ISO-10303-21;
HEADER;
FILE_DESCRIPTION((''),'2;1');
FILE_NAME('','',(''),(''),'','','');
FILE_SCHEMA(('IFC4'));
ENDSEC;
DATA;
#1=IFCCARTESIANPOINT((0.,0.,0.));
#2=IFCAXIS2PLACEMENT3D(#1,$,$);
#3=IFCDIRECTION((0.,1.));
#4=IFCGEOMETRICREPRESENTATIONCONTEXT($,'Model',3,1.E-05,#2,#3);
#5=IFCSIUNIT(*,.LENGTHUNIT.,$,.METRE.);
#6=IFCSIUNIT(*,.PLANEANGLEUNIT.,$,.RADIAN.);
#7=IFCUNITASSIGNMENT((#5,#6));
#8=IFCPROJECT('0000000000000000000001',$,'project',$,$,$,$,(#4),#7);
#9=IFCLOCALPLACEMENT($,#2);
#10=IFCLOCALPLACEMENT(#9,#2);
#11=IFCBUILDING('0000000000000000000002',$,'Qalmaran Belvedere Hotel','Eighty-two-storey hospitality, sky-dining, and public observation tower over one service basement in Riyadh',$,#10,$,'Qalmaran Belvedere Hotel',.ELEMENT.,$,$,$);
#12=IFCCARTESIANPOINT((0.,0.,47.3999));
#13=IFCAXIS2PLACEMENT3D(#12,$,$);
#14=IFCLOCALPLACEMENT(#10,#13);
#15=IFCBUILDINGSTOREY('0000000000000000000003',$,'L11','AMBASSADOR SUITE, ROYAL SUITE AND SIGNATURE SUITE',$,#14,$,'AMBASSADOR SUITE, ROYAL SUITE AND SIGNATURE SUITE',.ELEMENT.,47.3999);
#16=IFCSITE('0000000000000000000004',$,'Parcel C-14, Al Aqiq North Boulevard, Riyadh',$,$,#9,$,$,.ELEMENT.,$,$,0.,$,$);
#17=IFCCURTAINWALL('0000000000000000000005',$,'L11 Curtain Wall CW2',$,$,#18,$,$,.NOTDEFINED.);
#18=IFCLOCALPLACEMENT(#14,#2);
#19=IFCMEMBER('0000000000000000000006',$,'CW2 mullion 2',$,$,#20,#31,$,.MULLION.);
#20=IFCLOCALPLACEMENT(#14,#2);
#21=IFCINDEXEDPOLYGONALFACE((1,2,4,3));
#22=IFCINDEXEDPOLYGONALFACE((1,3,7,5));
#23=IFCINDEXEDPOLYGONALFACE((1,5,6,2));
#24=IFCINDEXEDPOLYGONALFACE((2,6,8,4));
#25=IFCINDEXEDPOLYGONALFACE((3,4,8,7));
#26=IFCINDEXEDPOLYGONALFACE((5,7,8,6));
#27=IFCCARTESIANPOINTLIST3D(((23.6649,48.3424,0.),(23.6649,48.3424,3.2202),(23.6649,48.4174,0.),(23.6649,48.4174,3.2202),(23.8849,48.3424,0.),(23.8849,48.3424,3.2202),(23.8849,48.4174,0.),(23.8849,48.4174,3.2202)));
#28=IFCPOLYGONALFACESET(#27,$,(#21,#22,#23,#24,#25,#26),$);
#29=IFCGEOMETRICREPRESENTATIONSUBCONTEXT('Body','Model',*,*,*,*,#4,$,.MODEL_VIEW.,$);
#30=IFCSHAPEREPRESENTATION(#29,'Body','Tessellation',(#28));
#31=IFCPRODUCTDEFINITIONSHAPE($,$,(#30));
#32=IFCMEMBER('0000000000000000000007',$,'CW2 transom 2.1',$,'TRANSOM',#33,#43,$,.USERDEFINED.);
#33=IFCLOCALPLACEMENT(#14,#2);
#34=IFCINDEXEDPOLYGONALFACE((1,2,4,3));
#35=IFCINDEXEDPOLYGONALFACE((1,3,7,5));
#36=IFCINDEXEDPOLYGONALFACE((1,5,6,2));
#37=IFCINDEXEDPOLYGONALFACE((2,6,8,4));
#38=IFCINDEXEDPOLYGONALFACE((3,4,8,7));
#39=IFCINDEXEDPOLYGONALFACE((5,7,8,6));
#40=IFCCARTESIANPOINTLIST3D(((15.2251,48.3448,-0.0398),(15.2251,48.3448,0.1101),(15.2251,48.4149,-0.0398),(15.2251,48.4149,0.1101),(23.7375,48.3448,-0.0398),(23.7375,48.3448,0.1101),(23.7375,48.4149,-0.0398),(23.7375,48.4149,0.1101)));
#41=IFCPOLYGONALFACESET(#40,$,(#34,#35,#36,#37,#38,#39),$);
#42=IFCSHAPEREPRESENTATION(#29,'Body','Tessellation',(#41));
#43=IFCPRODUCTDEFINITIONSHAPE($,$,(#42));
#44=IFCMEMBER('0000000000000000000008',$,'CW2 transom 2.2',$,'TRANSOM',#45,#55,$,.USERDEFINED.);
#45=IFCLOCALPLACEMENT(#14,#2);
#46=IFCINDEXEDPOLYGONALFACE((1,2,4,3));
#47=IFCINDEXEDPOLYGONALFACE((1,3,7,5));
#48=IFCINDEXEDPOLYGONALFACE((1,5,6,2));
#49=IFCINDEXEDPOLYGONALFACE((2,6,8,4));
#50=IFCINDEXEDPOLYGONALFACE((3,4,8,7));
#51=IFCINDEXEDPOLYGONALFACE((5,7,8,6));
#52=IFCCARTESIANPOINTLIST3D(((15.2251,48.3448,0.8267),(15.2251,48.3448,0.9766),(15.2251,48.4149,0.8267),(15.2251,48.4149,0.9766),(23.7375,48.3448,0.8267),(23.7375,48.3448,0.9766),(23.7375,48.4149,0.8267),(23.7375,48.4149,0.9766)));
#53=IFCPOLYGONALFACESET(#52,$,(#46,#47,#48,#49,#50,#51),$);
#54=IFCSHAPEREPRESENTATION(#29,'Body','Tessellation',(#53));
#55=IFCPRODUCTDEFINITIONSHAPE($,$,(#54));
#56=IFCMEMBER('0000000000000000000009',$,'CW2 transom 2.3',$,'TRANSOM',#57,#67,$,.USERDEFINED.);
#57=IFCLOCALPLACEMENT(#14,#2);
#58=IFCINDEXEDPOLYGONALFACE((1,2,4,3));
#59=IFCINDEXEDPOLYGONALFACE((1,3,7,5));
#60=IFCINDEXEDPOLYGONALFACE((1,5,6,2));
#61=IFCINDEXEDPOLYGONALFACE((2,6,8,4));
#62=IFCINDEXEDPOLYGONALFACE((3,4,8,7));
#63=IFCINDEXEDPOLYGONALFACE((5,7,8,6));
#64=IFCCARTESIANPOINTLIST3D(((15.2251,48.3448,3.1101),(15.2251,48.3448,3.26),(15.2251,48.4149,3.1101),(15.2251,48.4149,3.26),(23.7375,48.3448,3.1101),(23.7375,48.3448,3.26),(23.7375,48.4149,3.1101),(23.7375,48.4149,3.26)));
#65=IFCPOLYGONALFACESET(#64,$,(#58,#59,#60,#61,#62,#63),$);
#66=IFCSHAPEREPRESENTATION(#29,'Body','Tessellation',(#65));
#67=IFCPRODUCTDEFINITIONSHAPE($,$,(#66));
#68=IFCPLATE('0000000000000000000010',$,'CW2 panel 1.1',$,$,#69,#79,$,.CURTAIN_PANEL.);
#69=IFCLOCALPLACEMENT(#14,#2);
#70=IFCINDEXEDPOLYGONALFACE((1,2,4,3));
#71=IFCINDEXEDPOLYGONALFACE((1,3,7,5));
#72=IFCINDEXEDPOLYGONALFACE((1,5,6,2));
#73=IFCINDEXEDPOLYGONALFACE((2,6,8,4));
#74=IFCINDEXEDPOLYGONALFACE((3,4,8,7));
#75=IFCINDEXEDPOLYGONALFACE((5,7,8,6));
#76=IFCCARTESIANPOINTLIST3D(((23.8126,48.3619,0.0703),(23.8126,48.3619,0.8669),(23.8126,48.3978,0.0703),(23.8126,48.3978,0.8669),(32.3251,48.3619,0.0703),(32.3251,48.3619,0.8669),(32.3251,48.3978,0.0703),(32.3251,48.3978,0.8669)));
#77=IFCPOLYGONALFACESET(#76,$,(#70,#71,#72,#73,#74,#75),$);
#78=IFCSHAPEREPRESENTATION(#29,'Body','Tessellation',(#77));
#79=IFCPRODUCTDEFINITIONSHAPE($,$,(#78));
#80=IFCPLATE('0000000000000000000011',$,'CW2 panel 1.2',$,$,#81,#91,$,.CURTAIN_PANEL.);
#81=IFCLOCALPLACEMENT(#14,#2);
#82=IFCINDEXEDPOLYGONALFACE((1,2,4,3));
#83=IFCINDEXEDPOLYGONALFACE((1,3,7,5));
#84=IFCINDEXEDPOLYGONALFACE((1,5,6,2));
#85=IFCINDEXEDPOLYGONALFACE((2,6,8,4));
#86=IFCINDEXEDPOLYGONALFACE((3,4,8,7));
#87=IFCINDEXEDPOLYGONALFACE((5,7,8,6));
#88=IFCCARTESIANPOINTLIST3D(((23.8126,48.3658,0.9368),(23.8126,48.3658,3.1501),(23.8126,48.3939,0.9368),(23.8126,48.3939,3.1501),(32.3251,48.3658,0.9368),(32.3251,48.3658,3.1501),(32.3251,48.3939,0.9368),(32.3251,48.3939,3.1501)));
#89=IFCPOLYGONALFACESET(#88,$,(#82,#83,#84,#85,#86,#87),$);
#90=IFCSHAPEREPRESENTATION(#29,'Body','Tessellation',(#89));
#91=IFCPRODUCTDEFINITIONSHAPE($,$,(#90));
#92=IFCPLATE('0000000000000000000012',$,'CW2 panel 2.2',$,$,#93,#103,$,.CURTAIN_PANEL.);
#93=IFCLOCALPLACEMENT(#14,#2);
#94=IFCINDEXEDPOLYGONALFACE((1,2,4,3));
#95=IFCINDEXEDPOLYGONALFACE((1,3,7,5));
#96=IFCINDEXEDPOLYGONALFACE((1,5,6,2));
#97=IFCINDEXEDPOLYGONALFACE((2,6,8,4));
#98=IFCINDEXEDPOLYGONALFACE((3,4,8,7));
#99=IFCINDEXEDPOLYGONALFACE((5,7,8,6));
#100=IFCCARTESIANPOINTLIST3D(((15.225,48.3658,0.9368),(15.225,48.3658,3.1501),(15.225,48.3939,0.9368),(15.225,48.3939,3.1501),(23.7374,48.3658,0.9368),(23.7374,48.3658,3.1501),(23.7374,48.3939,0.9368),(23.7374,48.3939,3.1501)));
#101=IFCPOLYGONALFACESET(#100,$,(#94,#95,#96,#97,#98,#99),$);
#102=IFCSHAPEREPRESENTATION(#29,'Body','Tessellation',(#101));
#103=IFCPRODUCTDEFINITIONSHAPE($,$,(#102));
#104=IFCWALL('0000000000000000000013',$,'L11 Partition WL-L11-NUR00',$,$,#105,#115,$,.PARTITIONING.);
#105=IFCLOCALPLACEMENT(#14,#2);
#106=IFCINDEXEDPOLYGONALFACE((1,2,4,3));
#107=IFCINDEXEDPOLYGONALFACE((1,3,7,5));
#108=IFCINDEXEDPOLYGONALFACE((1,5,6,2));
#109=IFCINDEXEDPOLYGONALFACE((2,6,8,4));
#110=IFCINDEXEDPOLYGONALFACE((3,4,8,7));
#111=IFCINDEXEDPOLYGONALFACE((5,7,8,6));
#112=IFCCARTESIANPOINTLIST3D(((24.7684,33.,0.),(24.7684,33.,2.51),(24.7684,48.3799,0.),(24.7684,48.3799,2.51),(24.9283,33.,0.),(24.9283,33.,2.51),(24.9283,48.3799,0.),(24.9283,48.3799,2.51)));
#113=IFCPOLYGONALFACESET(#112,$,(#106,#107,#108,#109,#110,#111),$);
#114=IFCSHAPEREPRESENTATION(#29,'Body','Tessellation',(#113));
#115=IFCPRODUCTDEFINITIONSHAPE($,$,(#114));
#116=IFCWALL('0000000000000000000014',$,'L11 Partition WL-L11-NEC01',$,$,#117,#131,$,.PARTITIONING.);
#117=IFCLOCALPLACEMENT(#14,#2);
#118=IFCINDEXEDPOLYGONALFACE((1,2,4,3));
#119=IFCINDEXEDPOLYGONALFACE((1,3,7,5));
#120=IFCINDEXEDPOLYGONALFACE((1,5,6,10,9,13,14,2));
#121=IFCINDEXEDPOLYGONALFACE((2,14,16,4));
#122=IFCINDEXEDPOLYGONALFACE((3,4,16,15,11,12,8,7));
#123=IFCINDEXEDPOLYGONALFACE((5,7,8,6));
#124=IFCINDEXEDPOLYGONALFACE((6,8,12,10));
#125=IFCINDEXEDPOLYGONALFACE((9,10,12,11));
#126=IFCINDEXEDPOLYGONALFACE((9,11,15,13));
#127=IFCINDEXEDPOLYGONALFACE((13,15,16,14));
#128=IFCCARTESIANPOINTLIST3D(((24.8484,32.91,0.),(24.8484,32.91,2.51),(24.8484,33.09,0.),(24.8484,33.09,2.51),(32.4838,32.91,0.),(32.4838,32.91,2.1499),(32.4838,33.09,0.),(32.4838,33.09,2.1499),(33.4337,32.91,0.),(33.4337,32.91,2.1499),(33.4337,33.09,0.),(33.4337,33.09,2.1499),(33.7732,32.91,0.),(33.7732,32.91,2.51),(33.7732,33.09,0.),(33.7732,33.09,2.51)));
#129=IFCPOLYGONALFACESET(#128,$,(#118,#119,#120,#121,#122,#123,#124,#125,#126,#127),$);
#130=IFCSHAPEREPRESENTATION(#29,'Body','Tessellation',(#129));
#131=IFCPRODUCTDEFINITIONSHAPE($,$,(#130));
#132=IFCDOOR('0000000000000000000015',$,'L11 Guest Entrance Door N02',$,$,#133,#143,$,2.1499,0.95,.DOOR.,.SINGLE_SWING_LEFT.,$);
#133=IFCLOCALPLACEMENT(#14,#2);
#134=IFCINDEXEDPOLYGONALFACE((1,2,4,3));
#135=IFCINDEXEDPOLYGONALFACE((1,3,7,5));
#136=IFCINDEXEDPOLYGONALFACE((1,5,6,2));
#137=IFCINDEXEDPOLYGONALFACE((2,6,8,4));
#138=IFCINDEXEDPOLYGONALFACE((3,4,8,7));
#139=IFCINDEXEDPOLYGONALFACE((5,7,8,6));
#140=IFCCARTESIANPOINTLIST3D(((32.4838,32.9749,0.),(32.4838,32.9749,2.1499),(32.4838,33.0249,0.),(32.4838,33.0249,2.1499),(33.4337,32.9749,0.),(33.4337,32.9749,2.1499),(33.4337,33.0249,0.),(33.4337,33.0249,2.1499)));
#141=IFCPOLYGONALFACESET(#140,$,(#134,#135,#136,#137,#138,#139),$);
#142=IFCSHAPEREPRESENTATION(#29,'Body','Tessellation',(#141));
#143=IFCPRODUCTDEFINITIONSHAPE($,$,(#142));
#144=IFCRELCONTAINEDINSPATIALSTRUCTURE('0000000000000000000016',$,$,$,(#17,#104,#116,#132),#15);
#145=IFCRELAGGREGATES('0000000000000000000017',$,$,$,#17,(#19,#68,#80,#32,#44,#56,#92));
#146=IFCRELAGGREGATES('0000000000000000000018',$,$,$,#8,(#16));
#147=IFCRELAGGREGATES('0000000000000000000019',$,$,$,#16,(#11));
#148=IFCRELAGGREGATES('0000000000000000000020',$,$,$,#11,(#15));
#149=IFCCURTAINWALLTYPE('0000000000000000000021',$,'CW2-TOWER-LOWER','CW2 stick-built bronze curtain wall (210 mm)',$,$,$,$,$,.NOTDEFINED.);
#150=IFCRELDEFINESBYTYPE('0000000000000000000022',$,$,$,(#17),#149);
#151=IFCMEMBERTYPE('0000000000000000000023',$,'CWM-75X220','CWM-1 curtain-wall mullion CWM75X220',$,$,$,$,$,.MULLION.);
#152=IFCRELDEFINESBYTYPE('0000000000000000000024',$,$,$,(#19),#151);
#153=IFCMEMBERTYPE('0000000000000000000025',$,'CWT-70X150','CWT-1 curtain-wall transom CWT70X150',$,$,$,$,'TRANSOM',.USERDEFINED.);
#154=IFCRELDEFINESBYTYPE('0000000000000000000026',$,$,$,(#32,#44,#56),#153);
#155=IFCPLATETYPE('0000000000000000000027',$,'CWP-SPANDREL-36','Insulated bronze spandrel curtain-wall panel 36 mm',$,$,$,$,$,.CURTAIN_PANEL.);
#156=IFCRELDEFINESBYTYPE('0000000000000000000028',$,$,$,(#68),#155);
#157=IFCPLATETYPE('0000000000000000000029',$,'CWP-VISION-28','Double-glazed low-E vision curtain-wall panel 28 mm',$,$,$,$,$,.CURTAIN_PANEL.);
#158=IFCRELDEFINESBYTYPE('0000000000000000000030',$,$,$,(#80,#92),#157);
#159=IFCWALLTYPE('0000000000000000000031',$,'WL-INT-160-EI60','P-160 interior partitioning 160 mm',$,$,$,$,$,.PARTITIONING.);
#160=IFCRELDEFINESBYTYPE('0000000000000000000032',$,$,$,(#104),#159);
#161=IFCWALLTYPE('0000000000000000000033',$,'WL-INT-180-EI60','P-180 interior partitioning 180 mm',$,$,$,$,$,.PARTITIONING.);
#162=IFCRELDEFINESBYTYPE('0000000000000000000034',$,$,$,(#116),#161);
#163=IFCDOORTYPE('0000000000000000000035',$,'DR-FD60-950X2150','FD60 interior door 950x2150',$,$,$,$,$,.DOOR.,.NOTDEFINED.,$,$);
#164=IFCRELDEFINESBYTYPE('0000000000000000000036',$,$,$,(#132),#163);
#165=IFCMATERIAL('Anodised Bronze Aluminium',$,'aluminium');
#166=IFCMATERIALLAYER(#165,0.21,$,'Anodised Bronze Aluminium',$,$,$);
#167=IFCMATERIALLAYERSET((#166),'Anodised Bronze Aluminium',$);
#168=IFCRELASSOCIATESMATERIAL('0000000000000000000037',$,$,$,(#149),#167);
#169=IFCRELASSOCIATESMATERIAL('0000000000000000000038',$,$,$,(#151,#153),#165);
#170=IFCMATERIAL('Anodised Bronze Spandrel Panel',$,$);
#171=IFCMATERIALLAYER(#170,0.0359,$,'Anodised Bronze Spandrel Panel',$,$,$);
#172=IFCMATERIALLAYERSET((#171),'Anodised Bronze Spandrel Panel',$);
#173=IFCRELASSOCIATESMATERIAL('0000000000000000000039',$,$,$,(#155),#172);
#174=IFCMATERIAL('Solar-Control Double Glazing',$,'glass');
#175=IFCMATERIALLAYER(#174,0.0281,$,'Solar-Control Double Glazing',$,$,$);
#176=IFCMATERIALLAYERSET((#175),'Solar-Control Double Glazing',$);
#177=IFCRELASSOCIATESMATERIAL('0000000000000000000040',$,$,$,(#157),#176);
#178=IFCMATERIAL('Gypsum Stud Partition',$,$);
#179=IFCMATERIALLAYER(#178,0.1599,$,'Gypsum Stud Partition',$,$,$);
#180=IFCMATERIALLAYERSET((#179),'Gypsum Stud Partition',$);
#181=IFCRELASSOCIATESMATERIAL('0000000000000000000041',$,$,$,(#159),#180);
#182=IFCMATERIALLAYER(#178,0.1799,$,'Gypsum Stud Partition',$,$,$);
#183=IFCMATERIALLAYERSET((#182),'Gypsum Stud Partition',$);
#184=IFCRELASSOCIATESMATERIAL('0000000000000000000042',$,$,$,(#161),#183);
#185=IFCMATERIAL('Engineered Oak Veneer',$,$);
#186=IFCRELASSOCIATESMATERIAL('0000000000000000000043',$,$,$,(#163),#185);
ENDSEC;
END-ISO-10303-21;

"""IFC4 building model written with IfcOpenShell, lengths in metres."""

from ifc_helpers import new_model, si_unit, direction, frame, frame_2d, origin, origin_2d, place, context, subcontext, project, spatial, rectangle, extrude, material, layer, layer_set, material_profile, profile_set, type_object, element, fill, aggregate, save


model = new_model("IFC4")

# Units and contexts
model_context = context("Model", 3, precision=1e-05, world=origin(), true_north=direction((0.0, 1.0)))
body_context = subcontext(model_context, "Body", "Model", "MODEL_VIEW")
ifc_project = project(units=[si_unit("LENGTHUNIT", "METRE"), si_unit("PLANEANGLEUNIT", "RADIAN")], contexts=[model_context])

# Site, building, storey
site_placement = place(None, origin())
site = spatial("IfcSite", under=ifc_project, at=site_placement, Name="Parcel C-14, Al Aqiq North Boulevard, Riyadh", CompositionType="ELEMENT", RefElevation=0.0)
building_placement = place(site_placement, origin())
building = spatial("IfcBuilding", under=site, at=building_placement, Name="Qalmaran Belvedere Hotel", Description="Eighty-two-storey hospitality, sky-dining, and public observation tower over one service basement in Riyadh", LongName="Qalmaran Belvedere Hotel", CompositionType="ELEMENT")
storey_placement = place(building_placement, frame((0.0, 0.0, 47.3999)))
storey = spatial("IfcBuildingStorey", under=building, at=storey_placement, Name="L11", Description="AMBASSADOR SUITE, ROYAL SUITE AND SIGNATURE SUITE", LongName="AMBASSADOR SUITE, ROYAL SUITE AND SIGNATURE SUITE", CompositionType="ELEMENT", Elevation=47.3999)

# Curtain wall, members, plates
ifc_material_1 = material(Name="Anodised Bronze Aluminium", Category="aluminium")
ifc_layer_1 = layer(ifc_material_1, 0.21, Name="Anodised Bronze Aluminium")
ifc_layer_set_1 = layer_set([ifc_layer_1], Name="Anodised Bronze Aluminium")
curtain_wall_type = type_object("IfcCurtainWallType", Name="CW2-TOWER-LOWER", Description="CW2 stick-built bronze curtain wall (210 mm)", PredefinedType="NOTDEFINED", material=ifc_layer_set_1)
curtain_wall_placement = place(storey_placement, origin())
curtain_wall = element("IfcCurtainWall", 1, at=curtain_wall_placement, inside=storey, type_object=curtain_wall_type, Name="L11 Curtain Wall CW2", PredefinedType="NOTDEFINED")
ifc_material_profile_1 = material_profile(ifc_material_1, rectangle(XDim=0.075, YDim=0.22, at=origin_2d()), Name="CWM75X220")
ifc_profile_set_1 = profile_set([ifc_material_profile_1], Name="Anodised Bronze Aluminium")
member_type_1 = type_object("IfcMemberType", Name="CWM-75X220", Description="CWM-1 curtain-wall mullion CWM75X220", PredefinedType="MULLION", material=ifc_profile_set_1)
member_1_placement = place(storey_placement, frame((23.7749, 48.3799, 0.0), z_axis=(0.0, 0.0, 1.0), x_axis=(0.0, -1.0, 0.0)))
member_1 = element("IfcMember", 2, at=member_1_placement, type_object=member_type_1, Name="CW2 mullion 2", PredefinedType="MULLION", context=body_context, shape_type="SweptSolid", body=[
    extrude(rectangle(XDim=0.075, YDim=0.22, at=origin_2d()), origin(), (0.0, 0.0, 1.0), 3.2202),
])
ifc_material_profile_2 = material_profile(ifc_material_1, rectangle(XDim=0.0701, YDim=0.1499, at=origin_2d()), Name="CWT70X150")
ifc_profile_set_2 = profile_set([ifc_material_profile_2], Name="Anodised Bronze Aluminium")
member_type_2 = type_object("IfcMemberType", Name="CWT-70X150", Description="CWT-1 curtain-wall transom CWT70X150", ElementType="TRANSOM", PredefinedType="USERDEFINED", material=ifc_profile_set_2)
member_2_placement = place(storey_placement, frame((23.7375, 48.3799, 0.0352), z_axis=(-1.0, 0.0, 0.0), x_axis=(0.0, -1.0, 0.0)))
member_2 = element("IfcMember", 3, at=member_2_placement, type_object=member_type_2, Name="CW2 transom 2.1", ObjectType="TRANSOM", PredefinedType="USERDEFINED", context=body_context, shape_type="SweptSolid", body=[
    extrude(rectangle(XDim=0.0701, YDim=0.1499, at=origin_2d()), origin(), (0.0, 0.0, 1.0), 8.5125),
])
member_3_placement = place(storey_placement, frame((23.7375, 48.3799, 0.9016), z_axis=(-1.0, 0.0, 0.0), x_axis=(0.0, -1.0, 0.0)))
member_3 = element("IfcMember", 4, at=member_3_placement, type_object=member_type_2, Name="CW2 transom 2.2", ObjectType="TRANSOM", PredefinedType="USERDEFINED", context=body_context, shape_type="SweptSolid", body=[
    extrude(rectangle(XDim=0.0701, YDim=0.1499, at=origin_2d()), origin(), (0.0, 0.0, 1.0), 8.5125),
])
member_4_placement = place(storey_placement, frame((23.7375, 48.3799, 3.1851), z_axis=(-1.0, 0.0, 0.0), x_axis=(0.0, -1.0, 0.0)))
member_4 = element("IfcMember", 5, at=member_4_placement, type_object=member_type_2, Name="CW2 transom 2.3", ObjectType="TRANSOM", PredefinedType="USERDEFINED", context=body_context, shape_type="SweptSolid", body=[
    extrude(rectangle(XDim=0.0701, YDim=0.1499, at=origin_2d()), origin(), (0.0, 0.0, 1.0), 8.5125),
])
ifc_material_2 = material(Name="Anodised Bronze Spandrel Panel")
ifc_layer_2 = layer(ifc_material_2, 0.0359, Name="Anodised Bronze Spandrel Panel")
ifc_layer_set_2 = layer_set([ifc_layer_2], Name="Anodised Bronze Spandrel Panel")
plate_type_1 = type_object("IfcPlateType", Name="CWP-SPANDREL-36", Description="Insulated bronze spandrel curtain-wall panel 36 mm", PredefinedType="CURTAIN_PANEL", material=ifc_layer_set_2)
plate_1_placement = place(storey_placement, frame((28.0688, 48.3799, 0.0703), z_axis=(0.0, 0.0, 1.0), x_axis=(-1.0, 0.0, 0.0)))
plate_1 = element("IfcPlate", 6, at=plate_1_placement, type_object=plate_type_1, Name="CW2 panel 1.1", PredefinedType="CURTAIN_PANEL", context=body_context, shape_type="SweptSolid", body=[
    extrude(rectangle(XDim=8.5125, YDim=0.0359, at=origin_2d()), origin(), (0.0, 0.0, 1.0), 0.7966),
])
ifc_material_3 = material(Name="Solar-Control Double Glazing", Category="glass")
ifc_layer_3 = layer(ifc_material_3, 0.0281, Name="Solar-Control Double Glazing")
ifc_layer_set_3 = layer_set([ifc_layer_3], Name="Solar-Control Double Glazing")
plate_type_2 = type_object("IfcPlateType", Name="CWP-VISION-28", Description="Double-glazed low-E vision curtain-wall panel 28 mm", PredefinedType="CURTAIN_PANEL", material=ifc_layer_set_3)
plate_2_placement = place(storey_placement, frame((28.0688, 48.3799, 0.9368), z_axis=(0.0, 0.0, 1.0), x_axis=(-1.0, 0.0, 0.0)))
plate_2 = element("IfcPlate", 7, at=plate_2_placement, type_object=plate_type_2, Name="CW2 panel 1.2", PredefinedType="CURTAIN_PANEL", context=body_context, shape_type="SweptSolid", body=[
    extrude(rectangle(XDim=8.5125, YDim=0.0281, at=origin_2d()), origin(), (0.0, 0.0, 1.0), 2.2134),
])
plate_3_placement = place(storey_placement, frame((19.4812, 48.3799, 0.9368), z_axis=(0.0, 0.0, 1.0), x_axis=(-1.0, 0.0, 0.0)))
plate_3 = element("IfcPlate", 8, at=plate_3_placement, type_object=plate_type_2, Name="CW2 panel 2.2", PredefinedType="CURTAIN_PANEL", context=body_context, shape_type="SweptSolid", body=[
    extrude(rectangle(XDim=8.5125, YDim=0.0281, at=origin_2d()), origin(), (0.0, 0.0, 1.0), 2.2134),
])
aggregate(curtain_wall, [member_1, plate_1, plate_2, member_2, member_3, member_4, plate_3])

# Wall
ifc_material_4 = material(Name="Gypsum Stud Partition")
ifc_layer_4 = layer(ifc_material_4, 0.1599, Name="Gypsum Stud Partition")
ifc_layer_set_4 = layer_set([ifc_layer_4], Name="Gypsum Stud Partition")
wall_type_1 = type_object("IfcWallType", Name="WL-INT-160-EI60", Description="P-160 interior partitioning 160 mm", PredefinedType="PARTITIONING", material=ifc_layer_set_4)
wall_1_placement = place(storey_placement, frame((24.8484, 33.0, 0.0), z_axis=(0.0, 0.0, 1.0), x_axis=(0.0, 1.0, 0.0)))
element("IfcWall", 9, at=wall_1_placement, inside=storey, type_object=wall_type_1, Name="L11 Partition WL-L11-NUR00", PredefinedType="PARTITIONING", context=body_context, shape_type="SweptSolid", body=[
    extrude(rectangle(XDim=15.3799, YDim=0.1599, at=frame_2d((7.6899, 0.0))), origin(), (0.0, 0.0, 1.0), 2.51),
])

# Wall, opening, door
ifc_layer_5 = layer(ifc_material_4, 0.1799, Name="Gypsum Stud Partition")
ifc_layer_set_5 = layer_set([ifc_layer_5], Name="Gypsum Stud Partition")
wall_type_2 = type_object("IfcWallType", Name="WL-INT-180-EI60", Description="P-180 interior partitioning 180 mm", PredefinedType="PARTITIONING", material=ifc_layer_set_5)
wall_2_placement = place(storey_placement, frame((24.8484, 33.0, 0.0), z_axis=(0.0, 0.0, 1.0), x_axis=(1.0, 0.0, 0.0)))
wall_2 = element("IfcWall", 10, at=wall_2_placement, inside=storey, type_object=wall_type_2, Name="L11 Partition WL-L11-NEC01", PredefinedType="PARTITIONING", context=body_context, shape_type="SweptSolid", body=[
    extrude(rectangle(XDim=8.9248, YDim=0.1799, at=frame_2d((4.4624, 0.0))), origin(), (0.0, 0.0, 1.0), 2.51),
])
opening_placement = place(wall_2_placement, frame((7.6353, 0.0, 0.0)))
opening = element("IfcOpeningElement", 11, at=opening_placement, cuts=wall_2, PredefinedType="OPENING", context=body_context, shape_type="SweptSolid", body=[
    extrude(rectangle(XDim=0.95, YDim=2.1499, at=frame_2d((0.4751, 1.075))), frame((0.0, 0.1001, 0.0), z_axis=(0.0, -1.0, 0.0), x_axis=(1.0, 0.0, 0.0)), (0.0, 0.0, 1.0), 0.2),
])
ifc_material_5 = material(Name="Engineered Oak Veneer")
door_type = type_object("IfcDoorType", Name="DR-FD60-950X2150", Description="FD60 interior door 950x2150", OperationType="NOTDEFINED", PredefinedType="DOOR", material=ifc_material_5)
door_placement = place(opening_placement, origin())
door = element("IfcDoor", 12, at=door_placement, inside=storey, type_object=door_type, Name="L11 Guest Entrance Door N02", OperationType="SINGLE_SWING_LEFT", OverallHeight=2.1499, OverallWidth=0.95, PredefinedType="DOOR", context=body_context, shape_type="SweptSolid", body=[
    extrude(rectangle(XDim=0.95, YDim=2.1499, at=frame_2d((0.4751, 1.075))), frame((0.0, 0.0249, 0.0), z_axis=(0.0, -1.0, 0.0), x_axis=(1.0, 0.0, 0.0)), (0.0, 0.0, 1.0), 0.05),
])
fill(opening, door)

save(model, "model.ifc")
